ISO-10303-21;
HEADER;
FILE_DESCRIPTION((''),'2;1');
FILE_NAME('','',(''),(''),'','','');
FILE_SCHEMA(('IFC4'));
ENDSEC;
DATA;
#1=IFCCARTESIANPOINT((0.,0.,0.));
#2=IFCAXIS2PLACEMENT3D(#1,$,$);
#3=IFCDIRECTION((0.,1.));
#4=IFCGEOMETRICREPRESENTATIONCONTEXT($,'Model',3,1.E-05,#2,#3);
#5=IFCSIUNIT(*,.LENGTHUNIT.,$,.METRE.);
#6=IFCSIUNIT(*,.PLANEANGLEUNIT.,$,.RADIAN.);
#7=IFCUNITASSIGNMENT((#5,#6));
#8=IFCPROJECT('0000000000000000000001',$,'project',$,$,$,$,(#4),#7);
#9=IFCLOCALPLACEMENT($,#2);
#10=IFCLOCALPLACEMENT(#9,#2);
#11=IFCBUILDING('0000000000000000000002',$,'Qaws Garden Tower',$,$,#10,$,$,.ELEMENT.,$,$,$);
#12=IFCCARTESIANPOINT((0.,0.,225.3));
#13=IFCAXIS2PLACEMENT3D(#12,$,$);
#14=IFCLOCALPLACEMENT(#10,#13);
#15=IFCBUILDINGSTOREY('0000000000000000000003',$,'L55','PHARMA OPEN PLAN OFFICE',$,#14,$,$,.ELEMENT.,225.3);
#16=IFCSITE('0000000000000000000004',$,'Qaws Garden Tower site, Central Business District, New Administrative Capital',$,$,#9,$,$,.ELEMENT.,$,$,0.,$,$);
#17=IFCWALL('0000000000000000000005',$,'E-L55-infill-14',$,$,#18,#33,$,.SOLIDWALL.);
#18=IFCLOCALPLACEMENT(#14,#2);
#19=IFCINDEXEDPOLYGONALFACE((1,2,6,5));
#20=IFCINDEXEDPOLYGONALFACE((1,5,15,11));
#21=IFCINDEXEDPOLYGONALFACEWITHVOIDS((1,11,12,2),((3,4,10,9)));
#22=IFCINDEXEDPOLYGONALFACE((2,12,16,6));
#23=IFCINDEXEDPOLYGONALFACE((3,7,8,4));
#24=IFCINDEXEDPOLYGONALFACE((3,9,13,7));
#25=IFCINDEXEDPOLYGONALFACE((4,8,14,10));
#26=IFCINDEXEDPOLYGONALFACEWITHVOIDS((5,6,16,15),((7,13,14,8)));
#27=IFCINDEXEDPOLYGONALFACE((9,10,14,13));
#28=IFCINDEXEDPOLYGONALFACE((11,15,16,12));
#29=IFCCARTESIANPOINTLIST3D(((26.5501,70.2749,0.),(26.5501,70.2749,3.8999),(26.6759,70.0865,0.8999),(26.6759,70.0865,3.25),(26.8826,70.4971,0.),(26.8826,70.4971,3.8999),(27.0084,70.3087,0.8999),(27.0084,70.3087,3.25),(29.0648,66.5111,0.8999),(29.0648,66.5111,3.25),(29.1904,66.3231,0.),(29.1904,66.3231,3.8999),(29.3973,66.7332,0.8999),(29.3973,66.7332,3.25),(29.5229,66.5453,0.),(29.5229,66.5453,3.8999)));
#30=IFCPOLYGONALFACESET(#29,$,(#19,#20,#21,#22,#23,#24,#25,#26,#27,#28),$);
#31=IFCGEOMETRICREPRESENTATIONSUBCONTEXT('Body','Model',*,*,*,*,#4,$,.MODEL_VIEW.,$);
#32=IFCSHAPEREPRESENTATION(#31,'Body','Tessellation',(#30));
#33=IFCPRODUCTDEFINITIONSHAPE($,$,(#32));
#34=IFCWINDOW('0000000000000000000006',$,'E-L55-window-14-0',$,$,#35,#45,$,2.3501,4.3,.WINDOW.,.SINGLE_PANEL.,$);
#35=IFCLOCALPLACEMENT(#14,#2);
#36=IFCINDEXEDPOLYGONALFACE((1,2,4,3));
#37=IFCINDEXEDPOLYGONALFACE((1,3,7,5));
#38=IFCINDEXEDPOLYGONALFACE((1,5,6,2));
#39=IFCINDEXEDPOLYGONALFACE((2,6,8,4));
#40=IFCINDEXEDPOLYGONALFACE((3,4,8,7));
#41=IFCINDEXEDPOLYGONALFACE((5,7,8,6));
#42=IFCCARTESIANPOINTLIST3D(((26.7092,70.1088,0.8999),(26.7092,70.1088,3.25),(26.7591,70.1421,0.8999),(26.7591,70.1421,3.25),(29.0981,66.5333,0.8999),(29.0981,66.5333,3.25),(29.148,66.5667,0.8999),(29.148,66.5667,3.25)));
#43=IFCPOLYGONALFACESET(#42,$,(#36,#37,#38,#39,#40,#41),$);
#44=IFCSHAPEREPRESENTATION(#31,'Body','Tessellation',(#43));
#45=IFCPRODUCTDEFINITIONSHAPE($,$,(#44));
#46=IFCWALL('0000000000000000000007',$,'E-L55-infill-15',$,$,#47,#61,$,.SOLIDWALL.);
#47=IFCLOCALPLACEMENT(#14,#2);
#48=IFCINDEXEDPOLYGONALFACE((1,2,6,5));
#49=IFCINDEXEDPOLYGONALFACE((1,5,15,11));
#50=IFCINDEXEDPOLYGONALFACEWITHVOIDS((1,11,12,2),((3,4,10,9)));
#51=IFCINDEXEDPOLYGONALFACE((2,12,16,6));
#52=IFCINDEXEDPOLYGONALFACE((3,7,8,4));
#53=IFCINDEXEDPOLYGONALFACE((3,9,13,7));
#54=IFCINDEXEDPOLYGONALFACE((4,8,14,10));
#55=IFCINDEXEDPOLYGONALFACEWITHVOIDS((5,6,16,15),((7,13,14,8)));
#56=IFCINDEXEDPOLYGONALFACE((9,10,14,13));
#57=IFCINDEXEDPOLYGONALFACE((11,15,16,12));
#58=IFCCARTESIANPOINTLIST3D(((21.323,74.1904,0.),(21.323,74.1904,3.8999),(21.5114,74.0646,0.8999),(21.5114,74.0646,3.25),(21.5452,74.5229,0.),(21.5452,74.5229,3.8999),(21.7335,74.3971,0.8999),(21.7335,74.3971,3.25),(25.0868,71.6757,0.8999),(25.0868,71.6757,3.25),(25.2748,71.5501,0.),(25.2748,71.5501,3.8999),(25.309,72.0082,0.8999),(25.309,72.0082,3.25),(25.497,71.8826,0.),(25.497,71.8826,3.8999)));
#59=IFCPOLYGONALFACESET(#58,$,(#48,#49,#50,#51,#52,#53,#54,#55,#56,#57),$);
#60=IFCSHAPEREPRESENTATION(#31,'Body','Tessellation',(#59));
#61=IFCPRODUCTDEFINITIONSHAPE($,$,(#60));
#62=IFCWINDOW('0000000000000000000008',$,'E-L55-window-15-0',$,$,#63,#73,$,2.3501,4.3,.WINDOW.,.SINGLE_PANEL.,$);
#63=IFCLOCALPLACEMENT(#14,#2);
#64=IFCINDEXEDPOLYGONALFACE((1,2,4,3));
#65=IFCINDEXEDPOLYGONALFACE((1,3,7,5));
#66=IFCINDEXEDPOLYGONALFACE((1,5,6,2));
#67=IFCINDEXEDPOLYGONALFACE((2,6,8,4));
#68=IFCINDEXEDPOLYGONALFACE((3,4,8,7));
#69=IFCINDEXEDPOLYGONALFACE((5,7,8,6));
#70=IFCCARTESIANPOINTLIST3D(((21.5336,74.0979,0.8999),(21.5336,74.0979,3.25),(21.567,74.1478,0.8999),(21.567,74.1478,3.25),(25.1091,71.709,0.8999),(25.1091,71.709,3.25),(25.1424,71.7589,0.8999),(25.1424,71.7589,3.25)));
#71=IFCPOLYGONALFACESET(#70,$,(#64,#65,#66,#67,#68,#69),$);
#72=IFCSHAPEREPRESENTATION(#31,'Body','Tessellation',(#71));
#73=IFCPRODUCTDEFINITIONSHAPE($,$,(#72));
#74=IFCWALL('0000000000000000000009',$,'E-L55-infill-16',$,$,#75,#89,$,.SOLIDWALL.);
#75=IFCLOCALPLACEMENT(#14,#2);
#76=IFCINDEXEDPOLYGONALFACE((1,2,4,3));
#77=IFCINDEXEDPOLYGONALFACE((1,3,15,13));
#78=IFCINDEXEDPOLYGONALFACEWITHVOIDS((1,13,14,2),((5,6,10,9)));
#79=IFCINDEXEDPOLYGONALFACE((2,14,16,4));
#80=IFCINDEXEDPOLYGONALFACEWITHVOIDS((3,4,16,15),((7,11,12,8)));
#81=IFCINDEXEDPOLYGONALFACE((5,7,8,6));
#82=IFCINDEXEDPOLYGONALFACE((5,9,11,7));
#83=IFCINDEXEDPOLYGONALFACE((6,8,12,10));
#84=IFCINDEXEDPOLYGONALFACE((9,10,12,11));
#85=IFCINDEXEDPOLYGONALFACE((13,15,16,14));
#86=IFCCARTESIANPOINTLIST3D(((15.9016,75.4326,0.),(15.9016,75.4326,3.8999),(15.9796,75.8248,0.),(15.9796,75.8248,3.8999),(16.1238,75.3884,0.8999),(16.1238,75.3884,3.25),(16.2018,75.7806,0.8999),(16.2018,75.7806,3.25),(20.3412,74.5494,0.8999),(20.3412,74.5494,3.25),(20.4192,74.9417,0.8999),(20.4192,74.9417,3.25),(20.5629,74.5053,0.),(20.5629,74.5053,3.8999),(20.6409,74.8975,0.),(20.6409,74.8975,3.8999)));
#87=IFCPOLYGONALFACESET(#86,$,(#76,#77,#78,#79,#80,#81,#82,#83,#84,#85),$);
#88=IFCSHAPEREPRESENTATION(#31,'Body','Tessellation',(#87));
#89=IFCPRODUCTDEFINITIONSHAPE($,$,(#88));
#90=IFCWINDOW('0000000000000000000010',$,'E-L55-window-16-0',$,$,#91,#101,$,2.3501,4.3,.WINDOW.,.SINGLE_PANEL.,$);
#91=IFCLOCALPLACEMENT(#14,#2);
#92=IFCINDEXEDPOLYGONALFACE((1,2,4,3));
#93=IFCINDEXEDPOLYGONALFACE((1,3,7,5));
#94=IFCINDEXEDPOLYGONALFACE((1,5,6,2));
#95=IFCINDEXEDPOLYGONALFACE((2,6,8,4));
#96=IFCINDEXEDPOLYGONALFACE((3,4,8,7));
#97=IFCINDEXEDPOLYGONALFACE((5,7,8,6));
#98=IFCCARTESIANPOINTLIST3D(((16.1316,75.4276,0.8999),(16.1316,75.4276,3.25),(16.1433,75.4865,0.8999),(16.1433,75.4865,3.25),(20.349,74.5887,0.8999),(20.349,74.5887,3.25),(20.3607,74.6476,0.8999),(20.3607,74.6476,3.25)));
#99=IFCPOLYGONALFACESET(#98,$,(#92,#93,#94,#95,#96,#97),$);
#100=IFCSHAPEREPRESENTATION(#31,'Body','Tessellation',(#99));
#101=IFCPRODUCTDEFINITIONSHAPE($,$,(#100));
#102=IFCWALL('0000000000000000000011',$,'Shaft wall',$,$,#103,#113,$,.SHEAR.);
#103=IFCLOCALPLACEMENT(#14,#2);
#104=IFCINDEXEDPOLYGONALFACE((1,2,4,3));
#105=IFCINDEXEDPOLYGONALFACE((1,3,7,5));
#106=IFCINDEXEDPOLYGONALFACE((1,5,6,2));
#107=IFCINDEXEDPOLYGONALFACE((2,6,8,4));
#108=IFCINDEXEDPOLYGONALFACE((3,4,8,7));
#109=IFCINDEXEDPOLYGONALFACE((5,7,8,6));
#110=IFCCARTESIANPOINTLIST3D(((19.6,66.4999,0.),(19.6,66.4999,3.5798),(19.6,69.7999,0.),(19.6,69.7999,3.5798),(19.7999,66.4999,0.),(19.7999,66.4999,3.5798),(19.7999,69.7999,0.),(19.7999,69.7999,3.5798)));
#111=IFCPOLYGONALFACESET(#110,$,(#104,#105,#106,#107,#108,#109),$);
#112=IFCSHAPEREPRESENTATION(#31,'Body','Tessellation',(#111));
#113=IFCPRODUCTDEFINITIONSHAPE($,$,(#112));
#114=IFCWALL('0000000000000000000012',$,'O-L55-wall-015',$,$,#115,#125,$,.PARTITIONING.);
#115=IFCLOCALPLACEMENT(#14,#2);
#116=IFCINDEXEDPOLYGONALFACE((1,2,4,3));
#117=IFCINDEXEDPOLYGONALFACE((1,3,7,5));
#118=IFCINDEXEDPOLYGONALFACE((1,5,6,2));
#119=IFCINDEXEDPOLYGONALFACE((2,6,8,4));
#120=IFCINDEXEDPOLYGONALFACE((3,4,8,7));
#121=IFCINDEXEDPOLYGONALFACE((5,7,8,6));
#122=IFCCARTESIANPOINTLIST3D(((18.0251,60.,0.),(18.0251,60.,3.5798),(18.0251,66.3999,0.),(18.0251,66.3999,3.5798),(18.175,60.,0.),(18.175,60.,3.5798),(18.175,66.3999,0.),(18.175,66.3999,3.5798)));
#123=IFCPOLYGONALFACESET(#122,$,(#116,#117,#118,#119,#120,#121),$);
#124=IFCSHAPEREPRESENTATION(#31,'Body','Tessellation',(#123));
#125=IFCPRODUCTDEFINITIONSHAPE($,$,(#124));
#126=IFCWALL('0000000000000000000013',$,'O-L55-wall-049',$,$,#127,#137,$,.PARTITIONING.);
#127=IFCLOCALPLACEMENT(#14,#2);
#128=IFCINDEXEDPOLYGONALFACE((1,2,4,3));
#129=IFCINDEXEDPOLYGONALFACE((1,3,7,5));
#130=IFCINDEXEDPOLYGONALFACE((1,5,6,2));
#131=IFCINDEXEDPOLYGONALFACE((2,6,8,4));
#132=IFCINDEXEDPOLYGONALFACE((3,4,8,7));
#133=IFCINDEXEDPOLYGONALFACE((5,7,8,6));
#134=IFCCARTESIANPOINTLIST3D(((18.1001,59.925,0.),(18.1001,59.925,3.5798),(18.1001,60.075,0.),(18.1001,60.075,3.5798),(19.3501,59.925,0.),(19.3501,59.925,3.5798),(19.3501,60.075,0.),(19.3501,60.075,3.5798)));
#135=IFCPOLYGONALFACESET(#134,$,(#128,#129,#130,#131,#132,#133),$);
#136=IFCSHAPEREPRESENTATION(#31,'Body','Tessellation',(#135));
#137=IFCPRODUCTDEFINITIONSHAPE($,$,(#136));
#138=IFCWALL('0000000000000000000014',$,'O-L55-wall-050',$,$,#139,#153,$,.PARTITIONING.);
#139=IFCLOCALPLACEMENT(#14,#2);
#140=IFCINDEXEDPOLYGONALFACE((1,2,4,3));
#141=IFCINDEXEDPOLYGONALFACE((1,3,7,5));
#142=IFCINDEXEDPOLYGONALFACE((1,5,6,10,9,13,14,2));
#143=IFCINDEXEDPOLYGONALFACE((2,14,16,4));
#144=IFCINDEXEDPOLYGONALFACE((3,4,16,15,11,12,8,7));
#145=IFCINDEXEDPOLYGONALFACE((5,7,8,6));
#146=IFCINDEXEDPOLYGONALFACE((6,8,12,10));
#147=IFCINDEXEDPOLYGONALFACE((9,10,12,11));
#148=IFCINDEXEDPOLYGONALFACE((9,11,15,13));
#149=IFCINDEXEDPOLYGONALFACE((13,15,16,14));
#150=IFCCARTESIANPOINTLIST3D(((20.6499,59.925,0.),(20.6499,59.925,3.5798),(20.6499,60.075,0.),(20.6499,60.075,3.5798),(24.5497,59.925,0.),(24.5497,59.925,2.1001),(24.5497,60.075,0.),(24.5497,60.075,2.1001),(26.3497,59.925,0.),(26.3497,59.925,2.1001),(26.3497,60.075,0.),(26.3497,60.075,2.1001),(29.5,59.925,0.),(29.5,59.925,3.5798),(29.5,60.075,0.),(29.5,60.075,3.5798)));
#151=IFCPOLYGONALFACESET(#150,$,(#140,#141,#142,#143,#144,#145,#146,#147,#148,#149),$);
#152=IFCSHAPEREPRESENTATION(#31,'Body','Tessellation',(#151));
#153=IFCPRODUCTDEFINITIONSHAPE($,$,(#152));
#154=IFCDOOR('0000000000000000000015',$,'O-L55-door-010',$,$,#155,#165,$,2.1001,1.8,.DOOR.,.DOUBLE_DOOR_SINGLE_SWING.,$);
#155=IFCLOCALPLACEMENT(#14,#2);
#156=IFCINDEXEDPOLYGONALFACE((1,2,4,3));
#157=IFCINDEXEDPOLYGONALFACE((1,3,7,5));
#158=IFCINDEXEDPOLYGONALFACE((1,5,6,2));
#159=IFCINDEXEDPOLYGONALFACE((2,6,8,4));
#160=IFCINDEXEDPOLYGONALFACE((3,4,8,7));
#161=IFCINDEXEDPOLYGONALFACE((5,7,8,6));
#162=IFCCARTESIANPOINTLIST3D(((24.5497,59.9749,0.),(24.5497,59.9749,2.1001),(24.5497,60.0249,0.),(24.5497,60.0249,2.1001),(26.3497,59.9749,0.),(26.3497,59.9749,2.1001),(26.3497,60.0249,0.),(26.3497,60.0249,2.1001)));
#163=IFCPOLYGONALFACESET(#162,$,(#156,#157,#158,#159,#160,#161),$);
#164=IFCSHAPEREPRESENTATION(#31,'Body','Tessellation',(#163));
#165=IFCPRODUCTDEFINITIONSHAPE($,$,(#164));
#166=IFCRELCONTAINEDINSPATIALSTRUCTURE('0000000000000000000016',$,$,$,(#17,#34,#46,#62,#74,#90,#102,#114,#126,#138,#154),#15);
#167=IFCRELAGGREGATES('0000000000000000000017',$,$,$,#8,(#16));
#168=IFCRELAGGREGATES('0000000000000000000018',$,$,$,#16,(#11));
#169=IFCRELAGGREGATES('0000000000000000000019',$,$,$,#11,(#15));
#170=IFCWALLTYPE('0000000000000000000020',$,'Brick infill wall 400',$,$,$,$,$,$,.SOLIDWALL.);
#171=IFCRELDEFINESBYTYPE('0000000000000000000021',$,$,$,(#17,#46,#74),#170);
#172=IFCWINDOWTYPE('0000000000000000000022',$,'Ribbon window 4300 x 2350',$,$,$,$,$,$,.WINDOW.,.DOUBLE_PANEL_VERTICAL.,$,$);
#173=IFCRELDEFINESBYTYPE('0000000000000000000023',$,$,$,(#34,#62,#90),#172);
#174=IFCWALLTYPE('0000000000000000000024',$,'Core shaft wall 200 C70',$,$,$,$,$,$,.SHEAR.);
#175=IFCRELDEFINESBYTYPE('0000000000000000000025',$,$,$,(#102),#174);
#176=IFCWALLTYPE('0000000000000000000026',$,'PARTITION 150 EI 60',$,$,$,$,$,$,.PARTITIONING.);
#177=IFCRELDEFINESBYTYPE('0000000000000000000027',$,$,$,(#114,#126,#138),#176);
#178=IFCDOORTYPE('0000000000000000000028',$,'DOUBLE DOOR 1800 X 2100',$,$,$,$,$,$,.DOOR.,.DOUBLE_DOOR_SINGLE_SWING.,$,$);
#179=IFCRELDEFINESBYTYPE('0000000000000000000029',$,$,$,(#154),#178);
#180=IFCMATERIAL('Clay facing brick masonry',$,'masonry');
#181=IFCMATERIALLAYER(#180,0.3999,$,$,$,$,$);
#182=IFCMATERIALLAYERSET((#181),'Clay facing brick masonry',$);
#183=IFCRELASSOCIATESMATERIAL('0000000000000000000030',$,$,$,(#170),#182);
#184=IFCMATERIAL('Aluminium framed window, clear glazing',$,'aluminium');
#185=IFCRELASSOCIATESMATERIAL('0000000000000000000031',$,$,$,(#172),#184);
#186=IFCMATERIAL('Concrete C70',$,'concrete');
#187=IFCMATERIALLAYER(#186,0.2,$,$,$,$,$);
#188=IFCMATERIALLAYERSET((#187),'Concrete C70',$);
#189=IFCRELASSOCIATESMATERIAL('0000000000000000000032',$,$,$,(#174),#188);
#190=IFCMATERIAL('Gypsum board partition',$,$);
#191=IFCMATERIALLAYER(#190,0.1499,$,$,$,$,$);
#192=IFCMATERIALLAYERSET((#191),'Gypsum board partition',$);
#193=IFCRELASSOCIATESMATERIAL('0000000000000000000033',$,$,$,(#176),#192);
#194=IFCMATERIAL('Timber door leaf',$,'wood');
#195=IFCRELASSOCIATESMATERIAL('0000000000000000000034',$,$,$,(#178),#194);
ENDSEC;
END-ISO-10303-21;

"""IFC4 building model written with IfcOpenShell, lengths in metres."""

from ifc_helpers import new_model, si_unit, direction, frame, frame_2d, origin, place, context, subcontext, project, spatial, rectangle, extrude, material, layer, layer_set, type_object, element, fill, save


model = new_model("IFC4")

# Units and contexts
model_context = context("Model", 3, precision=1e-05, world=origin(), true_north=direction((0.0, 1.0)))
body_context = subcontext(model_context, "Body", "Model", "MODEL_VIEW")
ifc_project = project(units=[si_unit("LENGTHUNIT", "METRE"), si_unit("PLANEANGLEUNIT", "RADIAN")], contexts=[model_context])

# Site, building, storey
site_placement = place(None, origin())
site = spatial("IfcSite", under=ifc_project, at=site_placement, Name="Qaws Garden Tower site, Central Business District, New Administrative Capital", CompositionType="ELEMENT", RefElevation=0.0)
building_placement = place(site_placement, origin())
building = spatial("IfcBuilding", under=site, at=building_placement, Name="Qaws Garden Tower", CompositionType="ELEMENT")
storey_placement = place(building_placement, frame((0.0, 0.0, 225.3)))
storey = spatial("IfcBuildingStorey", under=building, at=storey_placement, Name="L55", Description="PHARMA OPEN PLAN OFFICE", CompositionType="ELEMENT", Elevation=225.3)

# Walls, openings, windows
ifc_material_1 = material(Name="Clay facing brick masonry", Category="masonry")
ifc_layer_1 = layer(ifc_material_1, 0.3999)
ifc_layer_set_1 = layer_set([ifc_layer_1], Name="Clay facing brick masonry")
wall_type_1 = type_object("IfcWallType", Name="Brick infill wall 400", PredefinedType="SOLIDWALL", material=ifc_layer_set_1)
ifc_material_2 = material(Name="Aluminium framed window, clear glazing", Category="aluminium")
window_type = type_object("IfcWindowType", Name="Ribbon window 4300 x 2350", PartitioningType="DOUBLE_PANEL_VERTICAL", PredefinedType="WINDOW", material=ifc_material_2)
wall_1_placement = place(storey_placement, frame((29.3567, 66.4341, 0.0), z_axis=(0.0, 0.0, 1.0), x_axis=(-0.555542, 0.831489, 0.0)))
wall_1 = element("IfcWall", 1, at=wall_1_placement, inside=storey, type_object=wall_type_1, Name="E-L55-infill-14", PredefinedType="SOLIDWALL", context=body_context, shape_type="SweptSolid", body=[
    extrude(rectangle(XDim=4.7527, YDim=0.3999, at=frame_2d((2.3765, 0.0))), origin(), (0.0, 0.0, 1.0), 3.8999),
])
opening_1_placement = place(wall_1_placement, frame((0.2263, 0.0, 0.8999)))
opening_1 = element("IfcOpeningElement", 2, at=opening_1_placement, cuts=wall_1, PredefinedType="OPENING", context=body_context, shape_type="SweptSolid", body=[
    extrude(rectangle(XDim=4.3, YDim=2.3501, at=frame_2d((2.1499, 1.175))), frame((0.0, 0.21, 0.0), z_axis=(0.0, -1.0, 0.0), x_axis=(1.0, 0.0, 0.0)), (0.0, 0.0, 1.0), 0.4199),
])
window_1_placement = place(opening_1_placement, origin())
window_1 = element("IfcWindow", 3, at=window_1_placement, inside=storey, type_object=window_type, Name="E-L55-window-14-0", OverallHeight=2.3501, OverallWidth=4.3, PartitioningType="SINGLE_PANEL", PredefinedType="WINDOW", context=body_context, shape_type="SweptSolid", body=[
    extrude(rectangle(XDim=4.3, YDim=2.3501, at=frame_2d((2.1499, 1.175))), frame((0.0, 0.1599, 0.0), z_axis=(0.0, -1.0, 0.0), x_axis=(1.0, 0.0, 0.0)), (0.0, 0.0, 1.0), 0.0601),
])
fill(opening_1, window_1)
wall_2_placement = place(storey_placement, frame((25.386, 71.7163, 0.0), z_axis=(0.0, 0.0, 1.0), x_axis=(-0.831489, 0.555542, 0.0)))
wall_2 = element("IfcWall", 4, at=wall_2_placement, inside=storey, type_object=wall_type_1, Name="E-L55-infill-15", PredefinedType="SOLIDWALL", context=body_context, shape_type="SweptSolid", body=[
    extrude(rectangle(XDim=4.7527, YDim=0.3999, at=frame_2d((2.3765, 0.0))), origin(), (0.0, 0.0, 1.0), 3.8999),
])
opening_2_placement = place(wall_2_placement, frame((0.2263, 0.0, 0.8999)))
opening_2 = element("IfcOpeningElement", 5, at=opening_2_placement, cuts=wall_2, PredefinedType="OPENING", context=body_context, shape_type="SweptSolid", body=[
    extrude(rectangle(XDim=4.3, YDim=2.3501, at=frame_2d((2.1499, 1.175))), frame((0.0, 0.21, 0.0), z_axis=(0.0, -1.0, 0.0), x_axis=(1.0, 0.0, 0.0)), (0.0, 0.0, 1.0), 0.4199),
])
window_2_placement = place(opening_2_placement, origin())
window_2 = element("IfcWindow", 6, at=window_2_placement, inside=storey, type_object=window_type, Name="E-L55-window-15-0", OverallHeight=2.3501, OverallWidth=4.3, PartitioningType="SINGLE_PANEL", PredefinedType="WINDOW", context=body_context, shape_type="SweptSolid", body=[
    extrude(rectangle(XDim=4.3, YDim=2.3501, at=frame_2d((2.1499, 1.175))), frame((0.0, 0.1599, 0.0), z_axis=(0.0, -1.0, 0.0), x_axis=(1.0, 0.0, 0.0)), (0.0, 0.0, 1.0), 0.0601),
])
fill(opening_2, window_2)
wall_3_placement = place(storey_placement, frame((20.6021, 74.7014, 0.0), z_axis=(0.0, 0.0, 1.0), x_axis=(-0.980784, 0.195099, 0.0)))
wall_3 = element("IfcWall", 7, at=wall_3_placement, inside=storey, type_object=wall_type_1, Name="E-L55-infill-16", PredefinedType="SOLIDWALL", context=body_context, shape_type="SweptSolid", body=[
    extrude(rectangle(XDim=4.7527, YDim=0.3999, at=frame_2d((2.3765, 0.0))), origin(), (0.0, 0.0, 1.0), 3.8999),
])
opening_3_placement = place(wall_3_placement, frame((0.2263, 0.0, 0.8999)))
opening_3 = element("IfcOpeningElement", 8, at=opening_3_placement, cuts=wall_3, PredefinedType="OPENING", context=body_context, shape_type="SweptSolid", body=[
    extrude(rectangle(XDim=4.3, YDim=2.3501, at=frame_2d((2.1499, 1.175))), frame((0.0, 0.21, 0.0), z_axis=(0.0, -1.0, 0.0), x_axis=(1.0, 0.0, 0.0)), (0.0, 0.0, 1.0), 0.4199),
])
window_3_placement = place(opening_3_placement, origin())
window_3 = element("IfcWindow", 9, at=window_3_placement, inside=storey, type_object=window_type, Name="E-L55-window-16-0", OverallHeight=2.3501, OverallWidth=4.3, PartitioningType="SINGLE_PANEL", PredefinedType="WINDOW", context=body_context, shape_type="SweptSolid", body=[
    extrude(rectangle(XDim=4.3, YDim=2.3501, at=frame_2d((2.1499, 1.175))), frame((0.0, 0.1599, 0.0), z_axis=(0.0, -1.0, 0.0), x_axis=(1.0, 0.0, 0.0)), (0.0, 0.0, 1.0), 0.0601),
])
fill(opening_3, window_3)

# Walls
ifc_material_3 = material(Name="Concrete C70", Category="concrete")
ifc_layer_2 = layer(ifc_material_3, 0.2)
ifc_layer_set_2 = layer_set([ifc_layer_2], Name="Concrete C70")
wall_type_2 = type_object("IfcWallType", Name="Core shaft wall 200 C70", PredefinedType="SHEAR", material=ifc_layer_set_2)
wall_4_placement = place(storey_placement, frame((19.7, 66.5, 0.0), z_axis=(0.0, 0.0, 1.0), x_axis=(0.0, 1.0, 0.0)))
element("IfcWall", 10, at=wall_4_placement, inside=storey, type_object=wall_type_2, Name="Shaft wall", PredefinedType="SHEAR", context=body_context, shape_type="SweptSolid", body=[
    extrude(rectangle(XDim=3.3, YDim=0.2, at=frame_2d((1.6499, 0.0))), origin(), (0.0, 0.0, 1.0), 3.5798),
])
ifc_material_4 = material(Name="Gypsum board partition")
ifc_layer_3 = layer(ifc_material_4, 0.1499)
ifc_layer_set_3 = layer_set([ifc_layer_3], Name="Gypsum board partition")
wall_type_3 = type_object("IfcWallType", Name="PARTITION 150 EI 60", PredefinedType="PARTITIONING", material=ifc_layer_set_3)
wall_5_placement = place(storey_placement, frame((18.1001, 60.0, 0.0), z_axis=(0.0, 0.0, 1.0), x_axis=(0.0, 1.0, 0.0)))
element("IfcWall", 11, at=wall_5_placement, inside=storey, type_object=wall_type_3, Name="O-L55-wall-015", PredefinedType="PARTITIONING", context=body_context, shape_type="SweptSolid", body=[
    extrude(rectangle(XDim=6.3999, YDim=0.1499, at=frame_2d((3.2, 0.0))), origin(), (0.0, 0.0, 1.0), 3.5798),
])
wall_6_placement = place(storey_placement, frame((18.1001, 60.0, 0.0), z_axis=(0.0, 0.0, 1.0), x_axis=(1.0, 0.0, 0.0)))
element("IfcWall", 12, at=wall_6_placement, inside=storey, type_object=wall_type_3, Name="O-L55-wall-049", PredefinedType="PARTITIONING", context=body_context, shape_type="SweptSolid", body=[
    extrude(rectangle(XDim=1.25, YDim=0.1499, at=frame_2d((0.625, 0.0))), origin(), (0.0, 0.0, 1.0), 3.5798),
])

# Wall, opening, door
wall_7_placement = place(storey_placement, frame((20.6499, 60.0, 0.0), z_axis=(0.0, 0.0, 1.0), x_axis=(1.0, 0.0, 0.0)))
wall_7 = element("IfcWall", 13, at=wall_7_placement, inside=storey, type_object=wall_type_3, Name="O-L55-wall-050", PredefinedType="PARTITIONING", context=body_context, shape_type="SweptSolid", body=[
    extrude(rectangle(XDim=8.8501, YDim=0.1499, at=frame_2d((4.425, 0.0))), origin(), (0.0, 0.0, 1.0), 3.5798),
])
opening_4_placement = place(wall_7_placement, frame((3.8999, 0.0, 0.0)))
opening_4 = element("IfcOpeningElement", 14, at=opening_4_placement, cuts=wall_7, PredefinedType="OPENING", context=body_context, shape_type="SweptSolid", body=[
    extrude(rectangle(XDim=1.8, YDim=2.1001, at=frame_2d((0.8999, 1.05))), frame((0.0, 0.085, 0.0), z_axis=(0.0, -1.0, 0.0), x_axis=(1.0, 0.0, 0.0)), (0.0, 0.0, 1.0), 0.1699),
])
ifc_material_5 = material(Name="Timber door leaf", Category="wood")
door_type = type_object("IfcDoorType", Name="DOUBLE DOOR 1800 X 2100", OperationType="DOUBLE_DOOR_SINGLE_SWING", PredefinedType="DOOR", material=ifc_material_5)
door_placement = place(opening_4_placement, origin())
door = element("IfcDoor", 15, at=door_placement, inside=storey, type_object=door_type, Name="O-L55-door-010", OperationType="DOUBLE_DOOR_SINGLE_SWING", OverallHeight=2.1001, OverallWidth=1.8, PredefinedType="DOOR", context=body_context, shape_type="SweptSolid", body=[
    extrude(rectangle(XDim=1.8, YDim=2.1001, at=frame_2d((0.8999, 1.05))), frame((0.0, 0.0249, 0.0), z_axis=(0.0, -1.0, 0.0), x_axis=(1.0, 0.0, 0.0)), (0.0, 0.0, 1.0), 0.05),
])
fill(opening_4, door)

save(model, "model.ifc")
